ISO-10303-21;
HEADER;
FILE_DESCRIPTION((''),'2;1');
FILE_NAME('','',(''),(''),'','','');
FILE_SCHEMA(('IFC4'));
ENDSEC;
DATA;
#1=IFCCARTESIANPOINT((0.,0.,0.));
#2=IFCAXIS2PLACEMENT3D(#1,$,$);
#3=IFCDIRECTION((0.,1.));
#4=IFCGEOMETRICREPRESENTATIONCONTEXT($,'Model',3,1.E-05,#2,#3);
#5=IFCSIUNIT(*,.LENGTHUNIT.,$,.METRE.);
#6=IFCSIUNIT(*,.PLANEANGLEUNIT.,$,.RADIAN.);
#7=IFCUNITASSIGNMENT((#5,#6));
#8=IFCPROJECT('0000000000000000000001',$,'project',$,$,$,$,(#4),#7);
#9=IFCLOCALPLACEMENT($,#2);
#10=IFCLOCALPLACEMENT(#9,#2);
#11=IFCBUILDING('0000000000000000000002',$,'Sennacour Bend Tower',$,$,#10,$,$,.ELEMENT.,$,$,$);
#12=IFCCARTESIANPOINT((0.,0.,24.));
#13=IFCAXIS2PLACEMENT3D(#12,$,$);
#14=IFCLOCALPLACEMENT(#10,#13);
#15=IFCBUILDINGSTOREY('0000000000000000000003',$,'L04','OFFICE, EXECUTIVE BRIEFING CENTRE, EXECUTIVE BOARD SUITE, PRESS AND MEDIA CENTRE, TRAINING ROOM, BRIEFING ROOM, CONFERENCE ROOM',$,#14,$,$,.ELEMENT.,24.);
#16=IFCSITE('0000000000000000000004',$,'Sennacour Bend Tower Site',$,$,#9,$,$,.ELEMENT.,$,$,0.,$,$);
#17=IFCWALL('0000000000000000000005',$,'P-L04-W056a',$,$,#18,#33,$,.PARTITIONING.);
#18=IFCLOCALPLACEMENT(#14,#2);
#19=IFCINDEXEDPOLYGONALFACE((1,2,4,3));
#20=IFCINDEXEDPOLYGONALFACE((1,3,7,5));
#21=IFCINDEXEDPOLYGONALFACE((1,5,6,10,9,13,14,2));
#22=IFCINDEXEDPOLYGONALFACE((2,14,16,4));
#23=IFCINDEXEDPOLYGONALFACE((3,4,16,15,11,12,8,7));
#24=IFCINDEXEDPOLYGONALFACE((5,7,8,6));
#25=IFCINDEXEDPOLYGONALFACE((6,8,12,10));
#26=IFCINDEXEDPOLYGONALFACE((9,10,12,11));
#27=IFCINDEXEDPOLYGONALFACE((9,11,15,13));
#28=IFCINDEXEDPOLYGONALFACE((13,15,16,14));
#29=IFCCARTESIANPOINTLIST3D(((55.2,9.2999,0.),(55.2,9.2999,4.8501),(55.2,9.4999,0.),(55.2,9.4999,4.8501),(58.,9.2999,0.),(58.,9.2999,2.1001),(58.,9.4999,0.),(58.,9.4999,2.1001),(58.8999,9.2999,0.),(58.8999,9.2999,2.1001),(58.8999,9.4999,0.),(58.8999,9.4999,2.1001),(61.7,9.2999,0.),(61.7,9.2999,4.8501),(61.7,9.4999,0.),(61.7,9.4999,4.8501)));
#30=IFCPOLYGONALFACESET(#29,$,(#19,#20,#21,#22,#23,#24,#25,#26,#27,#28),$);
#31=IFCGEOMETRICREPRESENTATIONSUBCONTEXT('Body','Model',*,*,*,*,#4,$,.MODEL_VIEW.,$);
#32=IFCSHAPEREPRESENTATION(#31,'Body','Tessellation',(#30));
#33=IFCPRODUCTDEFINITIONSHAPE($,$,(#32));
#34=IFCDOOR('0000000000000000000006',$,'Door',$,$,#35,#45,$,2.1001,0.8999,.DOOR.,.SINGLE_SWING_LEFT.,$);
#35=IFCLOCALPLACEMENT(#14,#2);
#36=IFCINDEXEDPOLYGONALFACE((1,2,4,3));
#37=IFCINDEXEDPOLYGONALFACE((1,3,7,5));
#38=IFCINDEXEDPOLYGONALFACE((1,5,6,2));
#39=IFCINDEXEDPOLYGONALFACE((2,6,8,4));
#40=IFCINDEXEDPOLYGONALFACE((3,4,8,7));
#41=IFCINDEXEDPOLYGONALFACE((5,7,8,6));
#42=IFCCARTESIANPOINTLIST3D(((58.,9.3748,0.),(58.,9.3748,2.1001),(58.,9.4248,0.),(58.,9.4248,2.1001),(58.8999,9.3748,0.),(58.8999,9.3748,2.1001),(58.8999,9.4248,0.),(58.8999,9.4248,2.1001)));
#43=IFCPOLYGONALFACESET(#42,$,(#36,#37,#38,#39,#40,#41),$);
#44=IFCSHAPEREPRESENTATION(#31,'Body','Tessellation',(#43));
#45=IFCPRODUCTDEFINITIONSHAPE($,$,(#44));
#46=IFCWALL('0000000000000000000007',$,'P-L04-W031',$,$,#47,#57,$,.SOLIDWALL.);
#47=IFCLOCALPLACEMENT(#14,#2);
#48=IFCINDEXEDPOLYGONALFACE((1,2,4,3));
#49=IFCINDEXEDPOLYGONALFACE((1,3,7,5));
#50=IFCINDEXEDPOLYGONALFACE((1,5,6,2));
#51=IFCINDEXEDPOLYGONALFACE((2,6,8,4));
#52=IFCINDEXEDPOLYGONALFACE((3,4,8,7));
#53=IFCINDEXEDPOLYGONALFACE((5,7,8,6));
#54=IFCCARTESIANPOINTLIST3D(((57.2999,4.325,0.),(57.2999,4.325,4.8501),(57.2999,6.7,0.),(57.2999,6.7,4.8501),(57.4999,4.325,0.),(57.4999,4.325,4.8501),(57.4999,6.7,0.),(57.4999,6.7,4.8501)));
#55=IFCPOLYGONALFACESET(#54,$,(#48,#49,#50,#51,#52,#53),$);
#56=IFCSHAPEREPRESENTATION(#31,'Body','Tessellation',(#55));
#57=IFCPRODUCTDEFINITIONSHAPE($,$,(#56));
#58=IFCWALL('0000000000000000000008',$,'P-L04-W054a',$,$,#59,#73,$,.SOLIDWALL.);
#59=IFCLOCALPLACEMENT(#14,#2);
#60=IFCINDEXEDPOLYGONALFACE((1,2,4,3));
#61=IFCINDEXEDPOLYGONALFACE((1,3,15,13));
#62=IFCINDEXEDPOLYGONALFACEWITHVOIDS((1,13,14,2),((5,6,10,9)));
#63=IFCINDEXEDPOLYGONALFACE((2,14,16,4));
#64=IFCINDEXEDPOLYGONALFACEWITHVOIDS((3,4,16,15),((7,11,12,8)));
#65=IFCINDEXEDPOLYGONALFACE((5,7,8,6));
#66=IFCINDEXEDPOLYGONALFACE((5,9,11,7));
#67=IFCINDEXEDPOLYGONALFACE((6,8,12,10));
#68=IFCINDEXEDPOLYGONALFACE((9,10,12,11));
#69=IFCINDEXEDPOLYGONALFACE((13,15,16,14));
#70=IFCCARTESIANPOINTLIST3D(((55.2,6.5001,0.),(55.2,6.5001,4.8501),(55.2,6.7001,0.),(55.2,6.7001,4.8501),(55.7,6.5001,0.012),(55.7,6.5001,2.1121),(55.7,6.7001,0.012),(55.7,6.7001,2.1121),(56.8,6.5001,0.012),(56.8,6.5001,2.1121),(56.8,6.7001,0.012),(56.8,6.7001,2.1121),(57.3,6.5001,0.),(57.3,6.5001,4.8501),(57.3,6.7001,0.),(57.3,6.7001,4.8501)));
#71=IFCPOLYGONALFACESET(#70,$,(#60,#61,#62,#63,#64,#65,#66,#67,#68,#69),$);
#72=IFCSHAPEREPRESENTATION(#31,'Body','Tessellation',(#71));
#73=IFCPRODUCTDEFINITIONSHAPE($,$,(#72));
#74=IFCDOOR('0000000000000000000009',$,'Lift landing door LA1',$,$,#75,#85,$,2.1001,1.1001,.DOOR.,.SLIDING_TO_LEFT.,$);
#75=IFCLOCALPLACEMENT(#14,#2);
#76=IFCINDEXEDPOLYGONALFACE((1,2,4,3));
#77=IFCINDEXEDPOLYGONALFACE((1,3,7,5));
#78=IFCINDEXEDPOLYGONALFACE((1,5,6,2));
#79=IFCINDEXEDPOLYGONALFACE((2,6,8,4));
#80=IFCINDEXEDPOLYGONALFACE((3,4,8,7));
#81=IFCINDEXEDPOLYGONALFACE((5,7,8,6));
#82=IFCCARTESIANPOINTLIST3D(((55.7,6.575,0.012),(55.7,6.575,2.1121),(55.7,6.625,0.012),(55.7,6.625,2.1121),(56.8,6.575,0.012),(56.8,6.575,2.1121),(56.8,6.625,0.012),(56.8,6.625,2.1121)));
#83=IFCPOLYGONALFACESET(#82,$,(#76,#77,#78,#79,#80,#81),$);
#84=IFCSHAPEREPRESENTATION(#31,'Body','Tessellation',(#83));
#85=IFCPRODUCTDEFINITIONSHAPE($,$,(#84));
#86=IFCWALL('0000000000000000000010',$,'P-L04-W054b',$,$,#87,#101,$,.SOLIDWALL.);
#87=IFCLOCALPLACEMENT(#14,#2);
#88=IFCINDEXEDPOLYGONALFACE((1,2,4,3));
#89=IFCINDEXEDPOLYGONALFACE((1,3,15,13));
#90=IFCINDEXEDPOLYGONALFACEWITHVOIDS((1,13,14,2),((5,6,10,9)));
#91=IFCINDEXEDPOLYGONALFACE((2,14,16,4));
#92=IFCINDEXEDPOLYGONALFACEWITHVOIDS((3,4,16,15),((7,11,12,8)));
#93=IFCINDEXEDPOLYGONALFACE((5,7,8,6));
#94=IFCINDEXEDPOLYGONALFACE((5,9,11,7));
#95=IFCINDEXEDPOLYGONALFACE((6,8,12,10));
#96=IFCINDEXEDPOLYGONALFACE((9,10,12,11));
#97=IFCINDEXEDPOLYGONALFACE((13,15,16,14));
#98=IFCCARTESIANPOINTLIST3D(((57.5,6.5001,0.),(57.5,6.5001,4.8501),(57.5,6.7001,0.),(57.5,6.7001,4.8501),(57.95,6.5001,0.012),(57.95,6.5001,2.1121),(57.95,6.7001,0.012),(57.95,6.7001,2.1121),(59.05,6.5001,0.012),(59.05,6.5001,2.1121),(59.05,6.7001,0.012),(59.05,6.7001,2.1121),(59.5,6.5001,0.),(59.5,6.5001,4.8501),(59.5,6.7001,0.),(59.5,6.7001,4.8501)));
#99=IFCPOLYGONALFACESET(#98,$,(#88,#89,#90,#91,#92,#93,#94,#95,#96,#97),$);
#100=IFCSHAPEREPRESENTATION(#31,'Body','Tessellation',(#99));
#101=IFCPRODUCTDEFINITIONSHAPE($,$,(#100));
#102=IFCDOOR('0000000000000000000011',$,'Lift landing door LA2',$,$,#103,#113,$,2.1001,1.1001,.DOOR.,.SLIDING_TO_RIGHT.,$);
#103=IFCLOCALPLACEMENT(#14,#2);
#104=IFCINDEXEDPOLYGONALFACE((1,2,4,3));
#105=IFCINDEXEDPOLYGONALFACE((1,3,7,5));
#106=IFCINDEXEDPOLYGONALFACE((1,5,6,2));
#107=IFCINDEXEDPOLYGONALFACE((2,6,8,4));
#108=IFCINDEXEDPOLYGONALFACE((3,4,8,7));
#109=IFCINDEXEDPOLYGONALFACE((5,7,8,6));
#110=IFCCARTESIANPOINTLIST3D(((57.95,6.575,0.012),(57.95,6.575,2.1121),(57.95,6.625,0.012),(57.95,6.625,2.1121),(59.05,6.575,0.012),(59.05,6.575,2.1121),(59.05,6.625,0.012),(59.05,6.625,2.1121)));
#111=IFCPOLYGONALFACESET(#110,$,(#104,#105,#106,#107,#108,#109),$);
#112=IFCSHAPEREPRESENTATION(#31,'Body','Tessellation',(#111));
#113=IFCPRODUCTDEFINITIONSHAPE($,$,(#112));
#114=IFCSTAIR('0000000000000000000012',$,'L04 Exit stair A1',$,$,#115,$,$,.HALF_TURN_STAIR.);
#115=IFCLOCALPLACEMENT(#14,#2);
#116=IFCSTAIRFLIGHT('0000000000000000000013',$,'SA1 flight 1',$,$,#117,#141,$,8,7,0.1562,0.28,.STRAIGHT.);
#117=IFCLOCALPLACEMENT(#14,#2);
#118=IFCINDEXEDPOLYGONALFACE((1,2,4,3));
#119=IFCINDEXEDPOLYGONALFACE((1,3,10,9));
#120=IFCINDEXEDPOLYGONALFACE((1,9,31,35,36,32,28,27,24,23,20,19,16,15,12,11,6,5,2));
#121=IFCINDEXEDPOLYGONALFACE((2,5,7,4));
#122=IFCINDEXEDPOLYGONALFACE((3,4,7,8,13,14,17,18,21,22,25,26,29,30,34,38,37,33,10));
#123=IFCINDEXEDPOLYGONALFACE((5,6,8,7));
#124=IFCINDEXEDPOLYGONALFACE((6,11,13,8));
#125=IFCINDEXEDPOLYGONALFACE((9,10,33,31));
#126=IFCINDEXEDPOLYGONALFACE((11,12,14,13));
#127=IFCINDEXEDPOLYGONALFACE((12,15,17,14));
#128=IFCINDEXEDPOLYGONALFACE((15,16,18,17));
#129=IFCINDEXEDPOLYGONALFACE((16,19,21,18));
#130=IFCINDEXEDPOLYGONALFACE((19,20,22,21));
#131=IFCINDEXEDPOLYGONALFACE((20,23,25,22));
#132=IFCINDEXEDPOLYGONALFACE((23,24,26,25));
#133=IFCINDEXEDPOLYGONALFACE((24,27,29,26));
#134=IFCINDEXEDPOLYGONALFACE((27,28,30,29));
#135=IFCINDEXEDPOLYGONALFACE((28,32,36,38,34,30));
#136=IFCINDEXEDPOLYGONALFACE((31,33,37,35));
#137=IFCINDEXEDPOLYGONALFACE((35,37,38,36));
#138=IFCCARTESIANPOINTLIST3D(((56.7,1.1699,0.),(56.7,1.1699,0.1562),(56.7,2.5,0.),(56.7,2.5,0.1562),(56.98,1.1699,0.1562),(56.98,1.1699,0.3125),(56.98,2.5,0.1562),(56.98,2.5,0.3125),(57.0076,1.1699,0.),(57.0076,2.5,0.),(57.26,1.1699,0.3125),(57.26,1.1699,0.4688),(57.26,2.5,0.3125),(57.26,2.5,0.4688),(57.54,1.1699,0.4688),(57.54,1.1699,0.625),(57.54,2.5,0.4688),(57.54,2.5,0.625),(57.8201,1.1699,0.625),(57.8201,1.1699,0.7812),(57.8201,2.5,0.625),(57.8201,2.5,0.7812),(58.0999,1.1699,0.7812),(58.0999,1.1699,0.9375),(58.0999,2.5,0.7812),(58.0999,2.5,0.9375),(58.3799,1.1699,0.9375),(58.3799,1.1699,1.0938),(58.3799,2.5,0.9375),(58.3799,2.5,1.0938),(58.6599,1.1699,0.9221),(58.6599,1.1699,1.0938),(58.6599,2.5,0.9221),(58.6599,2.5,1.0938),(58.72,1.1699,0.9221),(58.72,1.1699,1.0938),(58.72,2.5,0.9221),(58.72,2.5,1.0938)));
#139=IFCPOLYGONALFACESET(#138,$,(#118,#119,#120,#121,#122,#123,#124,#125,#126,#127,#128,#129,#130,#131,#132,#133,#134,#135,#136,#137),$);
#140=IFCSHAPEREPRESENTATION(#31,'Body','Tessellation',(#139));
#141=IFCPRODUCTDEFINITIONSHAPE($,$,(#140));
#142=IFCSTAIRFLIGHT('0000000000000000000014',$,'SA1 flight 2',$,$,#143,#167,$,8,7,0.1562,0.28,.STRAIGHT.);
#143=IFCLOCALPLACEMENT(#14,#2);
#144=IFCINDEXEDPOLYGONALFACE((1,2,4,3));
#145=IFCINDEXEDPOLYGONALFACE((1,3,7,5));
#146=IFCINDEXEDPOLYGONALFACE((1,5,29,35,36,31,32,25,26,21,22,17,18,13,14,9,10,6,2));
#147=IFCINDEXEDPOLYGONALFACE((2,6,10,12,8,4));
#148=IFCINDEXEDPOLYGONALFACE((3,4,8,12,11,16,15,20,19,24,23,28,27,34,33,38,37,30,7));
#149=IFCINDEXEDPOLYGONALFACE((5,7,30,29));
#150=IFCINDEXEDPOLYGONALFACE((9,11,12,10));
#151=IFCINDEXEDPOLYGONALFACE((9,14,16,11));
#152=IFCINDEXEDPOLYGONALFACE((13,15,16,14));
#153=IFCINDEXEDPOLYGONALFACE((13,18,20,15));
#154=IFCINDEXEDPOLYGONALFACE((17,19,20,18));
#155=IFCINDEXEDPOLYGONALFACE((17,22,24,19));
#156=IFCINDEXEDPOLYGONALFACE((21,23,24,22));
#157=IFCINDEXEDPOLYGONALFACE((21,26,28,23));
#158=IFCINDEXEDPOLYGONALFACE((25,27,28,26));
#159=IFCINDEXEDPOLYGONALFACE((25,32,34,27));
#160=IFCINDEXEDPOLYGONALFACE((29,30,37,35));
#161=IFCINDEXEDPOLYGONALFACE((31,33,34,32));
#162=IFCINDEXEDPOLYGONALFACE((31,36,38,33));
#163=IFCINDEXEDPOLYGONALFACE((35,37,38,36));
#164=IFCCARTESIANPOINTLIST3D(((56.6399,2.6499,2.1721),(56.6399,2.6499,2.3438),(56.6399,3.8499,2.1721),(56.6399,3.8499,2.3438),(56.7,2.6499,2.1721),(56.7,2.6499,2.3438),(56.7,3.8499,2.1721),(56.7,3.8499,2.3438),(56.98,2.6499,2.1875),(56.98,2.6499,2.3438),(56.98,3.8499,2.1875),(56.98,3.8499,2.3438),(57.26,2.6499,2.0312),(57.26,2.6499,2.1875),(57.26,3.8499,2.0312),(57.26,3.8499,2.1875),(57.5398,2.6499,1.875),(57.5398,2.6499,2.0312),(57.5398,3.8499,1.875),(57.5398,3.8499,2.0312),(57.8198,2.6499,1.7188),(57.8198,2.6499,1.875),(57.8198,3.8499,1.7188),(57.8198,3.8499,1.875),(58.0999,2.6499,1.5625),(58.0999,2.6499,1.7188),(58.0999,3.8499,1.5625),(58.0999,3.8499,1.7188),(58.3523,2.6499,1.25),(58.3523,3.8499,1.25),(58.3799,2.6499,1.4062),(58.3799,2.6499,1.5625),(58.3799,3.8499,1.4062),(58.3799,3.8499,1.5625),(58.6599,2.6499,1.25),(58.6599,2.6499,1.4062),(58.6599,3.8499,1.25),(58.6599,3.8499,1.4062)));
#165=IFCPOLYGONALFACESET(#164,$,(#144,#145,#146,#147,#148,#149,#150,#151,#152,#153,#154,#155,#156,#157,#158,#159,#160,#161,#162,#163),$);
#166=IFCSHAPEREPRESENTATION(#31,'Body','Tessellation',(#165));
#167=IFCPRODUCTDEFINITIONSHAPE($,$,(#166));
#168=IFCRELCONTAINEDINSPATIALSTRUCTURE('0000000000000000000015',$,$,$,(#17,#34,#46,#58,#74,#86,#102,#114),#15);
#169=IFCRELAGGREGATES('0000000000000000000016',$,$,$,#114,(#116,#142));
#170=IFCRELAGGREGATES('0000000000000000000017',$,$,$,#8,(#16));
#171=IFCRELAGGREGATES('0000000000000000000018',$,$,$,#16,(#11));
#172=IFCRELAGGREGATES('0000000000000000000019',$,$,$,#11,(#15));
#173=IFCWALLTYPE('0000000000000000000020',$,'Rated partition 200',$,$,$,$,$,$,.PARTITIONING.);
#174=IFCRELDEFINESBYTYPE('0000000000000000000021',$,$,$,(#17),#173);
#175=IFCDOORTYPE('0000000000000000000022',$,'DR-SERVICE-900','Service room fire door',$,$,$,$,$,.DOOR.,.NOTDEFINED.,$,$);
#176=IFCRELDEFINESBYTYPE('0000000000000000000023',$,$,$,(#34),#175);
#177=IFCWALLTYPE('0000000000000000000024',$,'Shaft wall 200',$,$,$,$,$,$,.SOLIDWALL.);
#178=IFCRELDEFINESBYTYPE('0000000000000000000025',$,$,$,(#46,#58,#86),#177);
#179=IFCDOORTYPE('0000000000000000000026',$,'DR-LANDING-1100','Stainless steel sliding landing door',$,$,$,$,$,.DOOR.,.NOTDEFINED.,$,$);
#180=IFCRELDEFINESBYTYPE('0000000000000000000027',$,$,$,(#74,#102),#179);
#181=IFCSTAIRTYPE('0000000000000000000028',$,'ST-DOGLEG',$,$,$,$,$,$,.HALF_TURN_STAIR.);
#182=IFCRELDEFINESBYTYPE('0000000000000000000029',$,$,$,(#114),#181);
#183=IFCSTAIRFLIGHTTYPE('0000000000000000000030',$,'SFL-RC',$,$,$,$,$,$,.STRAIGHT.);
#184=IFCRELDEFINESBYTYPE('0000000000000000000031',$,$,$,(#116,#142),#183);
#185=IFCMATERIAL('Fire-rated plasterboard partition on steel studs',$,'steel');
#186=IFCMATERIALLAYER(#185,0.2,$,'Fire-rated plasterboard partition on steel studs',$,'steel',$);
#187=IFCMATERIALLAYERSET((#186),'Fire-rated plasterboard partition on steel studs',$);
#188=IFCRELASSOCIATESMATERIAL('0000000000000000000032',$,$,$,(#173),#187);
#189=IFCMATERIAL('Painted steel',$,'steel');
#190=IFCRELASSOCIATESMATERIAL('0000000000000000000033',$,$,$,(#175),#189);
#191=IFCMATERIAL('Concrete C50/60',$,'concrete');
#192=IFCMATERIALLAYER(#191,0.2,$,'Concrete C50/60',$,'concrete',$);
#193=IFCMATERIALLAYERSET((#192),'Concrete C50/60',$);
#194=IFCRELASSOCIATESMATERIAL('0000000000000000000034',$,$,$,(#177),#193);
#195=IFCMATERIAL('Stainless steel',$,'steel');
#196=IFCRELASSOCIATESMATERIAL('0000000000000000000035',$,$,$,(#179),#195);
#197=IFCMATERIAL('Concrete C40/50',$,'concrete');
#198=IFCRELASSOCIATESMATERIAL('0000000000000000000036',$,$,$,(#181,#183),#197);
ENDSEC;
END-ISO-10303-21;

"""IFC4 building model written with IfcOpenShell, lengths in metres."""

from ifc_helpers import new_model, si_unit, direction, frame, frame_2d, origin, place, context, subcontext, project, spatial, polyline, rectangle, outline, extrude, material, layer, layer_set, type_object, element, fill, aggregate, save


model = new_model("IFC4")

# Units and contexts
model_context = context("Model", 3, precision=1e-05, world=origin(), true_north=direction((0.0, 1.0)))
body_context = subcontext(model_context, "Body", "Model", "MODEL_VIEW")
ifc_project = project(units=[si_unit("LENGTHUNIT", "METRE"), si_unit("PLANEANGLEUNIT", "RADIAN")], contexts=[model_context])

# Site, building, storey
site_placement = place(None, origin())
site = spatial("IfcSite", under=ifc_project, at=site_placement, Name="Sennacour Bend Tower Site", CompositionType="ELEMENT", RefElevation=0.0)
building_placement = place(site_placement, origin())
building = spatial("IfcBuilding", under=site, at=building_placement, Name="Sennacour Bend Tower", CompositionType="ELEMENT")
storey_placement = place(building_placement, frame((0.0, 0.0, 24.0)))
storey = spatial("IfcBuildingStorey", under=building, at=storey_placement, Name="L04", Description="OFFICE, EXECUTIVE BRIEFING CENTRE, EXECUTIVE BOARD SUITE, PRESS AND MEDIA CENTRE, TRAINING ROOM, BRIEFING ROOM, CONFERENCE ROOM", CompositionType="ELEMENT", Elevation=24.0)

# Wall, opening, door
ifc_material_1 = material(Name="Fire-rated plasterboard partition on steel studs", Category="steel")
ifc_layer_1 = layer(ifc_material_1, 0.2, Name="Fire-rated plasterboard partition on steel studs", Category="steel")
ifc_layer_set_1 = layer_set([ifc_layer_1], Name="Fire-rated plasterboard partition on steel studs")
wall_type_1 = type_object("IfcWallType", Name="Rated partition 200", PredefinedType="PARTITIONING", material=ifc_layer_set_1)
wall_1_placement = place(storey_placement, frame((55.2, 9.3999, 0.0), z_axis=(0.0, 0.0, 1.0), x_axis=(1.0, 0.0, 0.0)))
wall_1 = element("IfcWall", 1, at=wall_1_placement, inside=storey, type_object=wall_type_1, Name="P-L04-W056a", PredefinedType="PARTITIONING", context=body_context, shape_type="SweptSolid", body=[
    extrude(rectangle(XDim=6.5, YDim=0.2, at=frame_2d((3.25, 0.0))), origin(), (0.0, 0.0, 1.0), 4.8501),
])
opening_1_placement = place(wall_1_placement, frame((2.8, 0.0, 0.0)))
opening_1 = element("IfcOpeningElement", 2, at=opening_1_placement, cuts=wall_1, PredefinedType="OPENING", context=body_context, shape_type="SweptSolid", body=[
    extrude(rectangle(XDim=0.8999, YDim=2.1001, at=frame_2d((0.45, 1.05))), frame((0.0, 0.1099, 0.0), z_axis=(0.0, -1.0, 0.0), x_axis=(1.0, 0.0, 0.0)), (0.0, 0.0, 1.0), 0.22),
])
ifc_material_2 = material(Name="Painted steel", Category="steel")
door_type_1 = type_object("IfcDoorType", Name="DR-SERVICE-900", Description="Service room fire door", OperationType="NOTDEFINED", PredefinedType="DOOR", material=ifc_material_2)
door_1_placement = place(opening_1_placement, origin())
door_1 = element("IfcDoor", 3, at=door_1_placement, inside=storey, type_object=door_type_1, Name="Door", OperationType="SINGLE_SWING_LEFT", OverallHeight=2.1001, OverallWidth=0.8999, PredefinedType="DOOR", context=body_context, shape_type="SweptSolid", body=[
    extrude(rectangle(XDim=0.8999, YDim=2.1001, at=frame_2d((0.45, 1.05))), frame((0.0, 0.0249, 0.0), z_axis=(0.0, -1.0, 0.0), x_axis=(1.0, 0.0, 0.0)), (0.0, 0.0, 1.0), 0.05),
])
fill(opening_1, door_1)

# Wall
ifc_material_3 = material(Name="Concrete C50/60", Category="concrete")
ifc_layer_2 = layer(ifc_material_3, 0.2, Name="Concrete C50/60", Category="concrete")
ifc_layer_set_2 = layer_set([ifc_layer_2], Name="Concrete C50/60")
wall_type_2 = type_object("IfcWallType", Name="Shaft wall 200", PredefinedType="SOLIDWALL", material=ifc_layer_set_2)
wall_2_placement = place(storey_placement, frame((57.3999, 4.325, 0.0), z_axis=(0.0, 0.0, 1.0), x_axis=(0.0, 1.0, 0.0)))
element("IfcWall", 4, at=wall_2_placement, inside=storey, type_object=wall_type_2, Name="P-L04-W031", PredefinedType="SOLIDWALL", context=body_context, shape_type="SweptSolid", body=[
    extrude(rectangle(XDim=2.375, YDim=0.2, at=frame_2d((1.1875, 0.0))), origin(), (0.0, 0.0, 1.0), 4.8501),
])

# Walls, openings, doors
wall_3_placement = place(storey_placement, frame((55.2, 6.6001, 0.0), z_axis=(0.0, 0.0, 1.0), x_axis=(1.0, 0.0, 0.0)))
wall_3 = element("IfcWall", 5, at=wall_3_placement, inside=storey, type_object=wall_type_2, Name="P-L04-W054a", PredefinedType="SOLIDWALL", context=body_context, shape_type="SweptSolid", body=[
    extrude(rectangle(XDim=2.1001, YDim=0.2, at=frame_2d((1.05, 0.0))), origin(), (0.0, 0.0, 1.0), 4.8501),
])
opening_2_placement = place(wall_3_placement, frame((0.5, 0.0, 0.012)))
opening_2 = element("IfcOpeningElement", 6, at=opening_2_placement, cuts=wall_3, PredefinedType="OPENING", context=body_context, shape_type="SweptSolid", body=[
    extrude(rectangle(XDim=1.1001, YDim=2.1001, at=frame_2d((0.55, 1.05))), frame((0.0, 0.1099, 0.0), z_axis=(0.0, -1.0, 0.0), x_axis=(1.0, 0.0, 0.0)), (0.0, 0.0, 1.0), 0.22),
])
ifc_material_4 = material(Name="Stainless steel", Category="steel")
door_type_2 = type_object("IfcDoorType", Name="DR-LANDING-1100", Description="Stainless steel sliding landing door", OperationType="NOTDEFINED", PredefinedType="DOOR", material=ifc_material_4)
door_2_placement = place(opening_2_placement, origin())
door_2 = element("IfcDoor", 7, at=door_2_placement, inside=storey, type_object=door_type_2, Name="Lift landing door LA1", OperationType="SLIDING_TO_LEFT", OverallHeight=2.1001, OverallWidth=1.1001, PredefinedType="DOOR", context=body_context, shape_type="SweptSolid", body=[
    extrude(rectangle(XDim=1.1001, YDim=2.1001, at=frame_2d((0.55, 1.05))), frame((0.0, 0.0249, 0.0), z_axis=(0.0, -1.0, 0.0), x_axis=(1.0, 0.0, 0.0)), (0.0, 0.0, 1.0), 0.05),
])
fill(opening_2, door_2)
wall_4_placement = place(storey_placement, frame((57.5, 6.6001, 0.0), z_axis=(0.0, 0.0, 1.0), x_axis=(1.0, 0.0, 0.0)))
wall_4 = element("IfcWall", 8, at=wall_4_placement, inside=storey, type_object=wall_type_2, Name="P-L04-W054b", PredefinedType="SOLIDWALL", context=body_context, shape_type="SweptSolid", body=[
    extrude(rectangle(XDim=2.0, YDim=0.2, at=frame_2d((1.0, 0.0))), origin(), (0.0, 0.0, 1.0), 4.8501),
])
opening_3_placement = place(wall_4_placement, frame((0.45, 0.0, 0.012)))
opening_3 = element("IfcOpeningElement", 9, at=opening_3_placement, cuts=wall_4, PredefinedType="OPENING", context=body_context, shape_type="SweptSolid", body=[
    extrude(rectangle(XDim=1.1001, YDim=2.1001, at=frame_2d((0.55, 1.05))), frame((0.0, 0.1099, 0.0), z_axis=(0.0, -1.0, 0.0), x_axis=(1.0, 0.0, 0.0)), (0.0, 0.0, 1.0), 0.22),
])
door_3_placement = place(opening_3_placement, origin())
door_3 = element("IfcDoor", 10, at=door_3_placement, inside=storey, type_object=door_type_2, Name="Lift landing door LA2", OperationType="SLIDING_TO_RIGHT", OverallHeight=2.1001, OverallWidth=1.1001, PredefinedType="DOOR", context=body_context, shape_type="SweptSolid", body=[
    extrude(rectangle(XDim=1.1001, YDim=2.1001, at=frame_2d((0.55, 1.05))), frame((0.0, 0.0249, 0.0), z_axis=(0.0, -1.0, 0.0), x_axis=(1.0, 0.0, 0.0)), (0.0, 0.0, 1.0), 0.05),
])
fill(opening_3, door_3)

# Stair, stair flights
ifc_material_5 = material(Name="Concrete C40/50", Category="concrete")
stair_type = type_object("IfcStairType", Name="ST-DOGLEG", PredefinedType="HALF_TURN_STAIR", material=ifc_material_5)
stair_placement = place(storey_placement, origin())
stair = element("IfcStair", 11, at=stair_placement, inside=storey, type_object=stair_type, Name="L04 Exit stair A1", PredefinedType="HALF_TURN_STAIR")
stair_flight_type = type_object("IfcStairFlightType", Name="SFL-RC", PredefinedType="STRAIGHT", material=ifc_material_5)
stair_flight_1_placement = place(storey_placement, frame((56.7, 1.835, 0.0), z_axis=(0.0, 0.0, 1.0), x_axis=(1.0, 0.0, 0.0)))
stair_flight_1 = element("IfcStairFlight", 12, at=stair_flight_1_placement, type_object=stair_flight_type, Name="SA1 flight 1", NumberOfRisers=8, NumberOfTreads=7, PredefinedType="STRAIGHT", RiserHeight=0.1562, TreadLength=0.28, context=body_context, shape_type="SweptSolid", body=[
    extrude(outline(polyline([(0.0, 0.0), (0.0, 0.1562), (0.28, 0.1562), (0.28, 0.3125), (0.5601, 0.3125), (0.5601, 0.4688), (0.8401, 0.4688), (0.8401, 0.625), (1.1201, 0.625), (1.1201, 0.7812), (1.3999, 0.7812), (1.3999, 0.9375), (1.6799, 0.9375), (1.6799, 1.0938), (1.96, 1.0938), (2.02, 1.0938), (2.02, 0.9221), (1.96, 0.9221), (0.3076, 0.0), (0.0, 0.0)])), frame((0.0, 0.665, 0.0), z_axis=(0.0, -1.0, 0.0), x_axis=(1.0, 0.0, 0.0)), (0.0, 0.0, 1.0), 1.3301),
])
stair_flight_2_placement = place(storey_placement, frame((58.6599, 3.25, 1.25), z_axis=(0.0, 0.0, 1.0), x_axis=(-1.0, 0.0, 0.0)))
stair_flight_2 = element("IfcStairFlight", 13, at=stair_flight_2_placement, type_object=stair_flight_type, Name="SA1 flight 2", NumberOfRisers=8, NumberOfTreads=7, PredefinedType="STRAIGHT", RiserHeight=0.1562, TreadLength=0.28, context=body_context, shape_type="SweptSolid", body=[
    extrude(outline(polyline([(0.0, 0.0), (0.0, 0.1562), (0.28, 0.1562), (0.28, 0.3125), (0.5601, 0.3125), (0.5601, 0.4688), (0.8401, 0.4688), (0.8401, 0.625), (1.1201, 0.625), (1.1201, 0.7812), (1.3999, 0.7812), (1.3999, 0.9375), (1.6799, 0.9375), (1.6799, 1.0938), (1.96, 1.0938), (2.02, 1.0938), (2.02, 0.9221), (1.96, 0.9221), (0.3076, 0.0), (0.0, 0.0)])), frame((0.0, 0.6001, 0.0), z_axis=(0.0, -1.0, 0.0), x_axis=(1.0, 0.0, 0.0)), (0.0, 0.0, 1.0), 1.2),
])
aggregate(stair, [stair_flight_1, stair_flight_2])

save(model, "model.ifc")
